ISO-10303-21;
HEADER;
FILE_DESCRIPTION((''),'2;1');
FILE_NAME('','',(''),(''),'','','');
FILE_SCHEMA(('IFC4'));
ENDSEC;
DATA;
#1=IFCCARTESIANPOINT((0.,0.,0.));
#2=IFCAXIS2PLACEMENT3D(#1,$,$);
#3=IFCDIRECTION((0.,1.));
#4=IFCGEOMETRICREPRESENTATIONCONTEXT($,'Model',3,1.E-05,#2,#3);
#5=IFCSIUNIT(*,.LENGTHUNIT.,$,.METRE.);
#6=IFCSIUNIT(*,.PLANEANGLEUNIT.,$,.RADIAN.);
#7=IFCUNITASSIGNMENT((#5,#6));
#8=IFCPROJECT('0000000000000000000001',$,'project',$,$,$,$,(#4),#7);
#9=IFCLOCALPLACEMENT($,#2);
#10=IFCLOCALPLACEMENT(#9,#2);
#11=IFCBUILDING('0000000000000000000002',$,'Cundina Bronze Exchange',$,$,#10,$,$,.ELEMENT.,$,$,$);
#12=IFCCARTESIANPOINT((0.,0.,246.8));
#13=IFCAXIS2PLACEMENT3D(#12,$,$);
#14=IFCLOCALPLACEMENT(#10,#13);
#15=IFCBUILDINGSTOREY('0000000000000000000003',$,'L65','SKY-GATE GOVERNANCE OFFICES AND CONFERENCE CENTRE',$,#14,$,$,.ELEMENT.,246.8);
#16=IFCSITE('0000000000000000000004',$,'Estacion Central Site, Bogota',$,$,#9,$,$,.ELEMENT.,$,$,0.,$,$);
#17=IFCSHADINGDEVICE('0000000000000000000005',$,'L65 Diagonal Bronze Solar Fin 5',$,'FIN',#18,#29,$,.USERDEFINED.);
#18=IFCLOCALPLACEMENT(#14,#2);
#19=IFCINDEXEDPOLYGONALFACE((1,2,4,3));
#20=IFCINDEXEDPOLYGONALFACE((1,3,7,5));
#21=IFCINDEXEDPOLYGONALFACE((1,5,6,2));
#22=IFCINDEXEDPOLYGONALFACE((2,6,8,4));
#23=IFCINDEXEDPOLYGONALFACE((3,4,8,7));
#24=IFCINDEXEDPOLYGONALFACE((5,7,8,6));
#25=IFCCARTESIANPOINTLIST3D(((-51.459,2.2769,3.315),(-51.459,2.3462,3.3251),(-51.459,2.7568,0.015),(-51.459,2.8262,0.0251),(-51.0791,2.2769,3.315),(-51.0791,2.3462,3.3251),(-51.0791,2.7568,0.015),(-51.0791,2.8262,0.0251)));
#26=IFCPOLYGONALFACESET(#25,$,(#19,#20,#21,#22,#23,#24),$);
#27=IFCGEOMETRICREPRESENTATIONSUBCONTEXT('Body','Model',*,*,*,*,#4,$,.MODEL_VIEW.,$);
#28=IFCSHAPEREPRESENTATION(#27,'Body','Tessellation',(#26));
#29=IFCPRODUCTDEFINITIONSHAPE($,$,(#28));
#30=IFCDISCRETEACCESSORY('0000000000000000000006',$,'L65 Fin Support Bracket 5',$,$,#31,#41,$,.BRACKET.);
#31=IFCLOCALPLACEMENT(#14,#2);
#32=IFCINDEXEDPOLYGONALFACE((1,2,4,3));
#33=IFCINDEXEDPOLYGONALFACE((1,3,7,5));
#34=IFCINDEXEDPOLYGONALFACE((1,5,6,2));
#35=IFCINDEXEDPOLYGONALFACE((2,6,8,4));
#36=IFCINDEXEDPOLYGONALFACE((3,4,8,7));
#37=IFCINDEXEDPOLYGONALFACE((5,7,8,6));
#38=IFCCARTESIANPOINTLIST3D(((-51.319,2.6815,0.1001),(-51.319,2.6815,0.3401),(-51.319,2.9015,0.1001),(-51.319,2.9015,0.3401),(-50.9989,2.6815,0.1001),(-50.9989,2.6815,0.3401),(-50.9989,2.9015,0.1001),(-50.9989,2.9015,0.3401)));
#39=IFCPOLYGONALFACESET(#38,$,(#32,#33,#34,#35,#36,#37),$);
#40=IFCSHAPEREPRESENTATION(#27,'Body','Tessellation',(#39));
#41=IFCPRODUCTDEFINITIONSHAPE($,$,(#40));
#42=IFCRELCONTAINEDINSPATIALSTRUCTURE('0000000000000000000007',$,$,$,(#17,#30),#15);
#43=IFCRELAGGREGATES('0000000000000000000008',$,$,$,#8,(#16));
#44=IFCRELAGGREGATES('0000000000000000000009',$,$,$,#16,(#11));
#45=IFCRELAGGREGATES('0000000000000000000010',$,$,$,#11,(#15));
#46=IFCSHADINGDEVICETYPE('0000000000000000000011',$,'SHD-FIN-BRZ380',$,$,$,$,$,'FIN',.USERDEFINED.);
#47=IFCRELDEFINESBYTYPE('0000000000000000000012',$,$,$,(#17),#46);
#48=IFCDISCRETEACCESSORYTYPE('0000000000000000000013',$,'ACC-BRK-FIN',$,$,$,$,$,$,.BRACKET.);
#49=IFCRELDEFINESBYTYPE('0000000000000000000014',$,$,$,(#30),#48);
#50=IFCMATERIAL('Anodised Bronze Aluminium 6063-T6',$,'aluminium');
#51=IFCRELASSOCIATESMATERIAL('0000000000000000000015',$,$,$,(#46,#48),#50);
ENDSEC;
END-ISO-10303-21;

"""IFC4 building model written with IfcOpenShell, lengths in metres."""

from ifc_helpers import new_model, si_unit, direction, frame, origin, origin_2d, place, context, subcontext, project, spatial, rectangle, extrude, material, material_profile, profile_set, type_object, element, save


model = new_model("IFC4")

# Units and contexts
model_context = context("Model", 3, precision=1e-05, world=origin(), true_north=direction((0.0, 1.0)))
body_context = subcontext(model_context, "Body", "Model", "MODEL_VIEW")
ifc_project = project(units=[si_unit("LENGTHUNIT", "METRE"), si_unit("PLANEANGLEUNIT", "RADIAN")], contexts=[model_context])

# Site, building, storey
site_placement = place(None, origin())
site = spatial("IfcSite", under=ifc_project, at=site_placement, Name="Estacion Central Site, Bogota", CompositionType="ELEMENT", RefElevation=0.0)
building_placement = place(site_placement, origin())
building = spatial("IfcBuilding", under=site, at=building_placement, Name="Cundina Bronze Exchange", CompositionType="ELEMENT")
storey_placement = place(building_placement, frame((0.0, 0.0, 246.8)))
storey = spatial("IfcBuildingStorey", under=building, at=storey_placement, Name="L65", Description="SKY-GATE GOVERNANCE OFFICES AND CONFERENCE CENTRE", CompositionType="ELEMENT", Elevation=246.8)

# Shared definitions
ifc_material_1 = material(Name="Anodised Bronze Aluminium 6063-T6", Category="aluminium")

# Shading device
ifc_material_profile_1 = material_profile(ifc_material_1, rectangle(XDim=0.0701, YDim=0.3799, at=origin_2d()), Name="FIN70X380", Category="aluminium")
ifc_profile_set_1 = profile_set([ifc_material_profile_1], Name="Anodised Bronze Aluminium 6063-T6")
shading_device_type = type_object("IfcShadingDeviceType", Name="SHD-FIN-BRZ380", ElementType="FIN", PredefinedType="USERDEFINED", material=ifc_profile_set_1)
shading_device_placement = place(storey_placement, frame((-51.269, 2.7915, 0.02), z_axis=(0.0, -0.143932, 0.989588), x_axis=(0.0, 0.989588, 0.143932)))
element("IfcShadingDevice", 1, at=shading_device_placement, inside=storey, type_object=shading_device_type, Name="L65 Diagonal Bronze Solar Fin 5", ObjectType="FIN", PredefinedType="USERDEFINED", context=body_context, shape_type="SweptSolid", body=[
    extrude(rectangle(XDim=0.0701, YDim=0.3799, at=origin_2d()), origin(), (0.0, 0.0, 1.0), 3.3347),
])

# Discrete accessory
discrete_accessory_type = type_object("IfcDiscreteAccessoryType", Name="ACC-BRK-FIN", PredefinedType="BRACKET", material=ifc_material_1)
discrete_accessory_placement = place(storey_placement, frame((-51.1589, 2.7915, 0.1001), z_axis=(0.0, 0.0, 1.0), x_axis=(0.0, -1.0, 0.0)))
element("IfcDiscreteAccessory", 2, at=discrete_accessory_placement, inside=storey, type_object=discrete_accessory_type, Name="L65 Fin Support Bracket 5", PredefinedType="BRACKET", context=body_context, shape_type="SweptSolid", body=[
    extrude(rectangle(XDim=0.22, YDim=0.3201, at=origin_2d()), origin(), (0.0, 0.0, 1.0), 0.24),
])

save(model, "model.ifc")
